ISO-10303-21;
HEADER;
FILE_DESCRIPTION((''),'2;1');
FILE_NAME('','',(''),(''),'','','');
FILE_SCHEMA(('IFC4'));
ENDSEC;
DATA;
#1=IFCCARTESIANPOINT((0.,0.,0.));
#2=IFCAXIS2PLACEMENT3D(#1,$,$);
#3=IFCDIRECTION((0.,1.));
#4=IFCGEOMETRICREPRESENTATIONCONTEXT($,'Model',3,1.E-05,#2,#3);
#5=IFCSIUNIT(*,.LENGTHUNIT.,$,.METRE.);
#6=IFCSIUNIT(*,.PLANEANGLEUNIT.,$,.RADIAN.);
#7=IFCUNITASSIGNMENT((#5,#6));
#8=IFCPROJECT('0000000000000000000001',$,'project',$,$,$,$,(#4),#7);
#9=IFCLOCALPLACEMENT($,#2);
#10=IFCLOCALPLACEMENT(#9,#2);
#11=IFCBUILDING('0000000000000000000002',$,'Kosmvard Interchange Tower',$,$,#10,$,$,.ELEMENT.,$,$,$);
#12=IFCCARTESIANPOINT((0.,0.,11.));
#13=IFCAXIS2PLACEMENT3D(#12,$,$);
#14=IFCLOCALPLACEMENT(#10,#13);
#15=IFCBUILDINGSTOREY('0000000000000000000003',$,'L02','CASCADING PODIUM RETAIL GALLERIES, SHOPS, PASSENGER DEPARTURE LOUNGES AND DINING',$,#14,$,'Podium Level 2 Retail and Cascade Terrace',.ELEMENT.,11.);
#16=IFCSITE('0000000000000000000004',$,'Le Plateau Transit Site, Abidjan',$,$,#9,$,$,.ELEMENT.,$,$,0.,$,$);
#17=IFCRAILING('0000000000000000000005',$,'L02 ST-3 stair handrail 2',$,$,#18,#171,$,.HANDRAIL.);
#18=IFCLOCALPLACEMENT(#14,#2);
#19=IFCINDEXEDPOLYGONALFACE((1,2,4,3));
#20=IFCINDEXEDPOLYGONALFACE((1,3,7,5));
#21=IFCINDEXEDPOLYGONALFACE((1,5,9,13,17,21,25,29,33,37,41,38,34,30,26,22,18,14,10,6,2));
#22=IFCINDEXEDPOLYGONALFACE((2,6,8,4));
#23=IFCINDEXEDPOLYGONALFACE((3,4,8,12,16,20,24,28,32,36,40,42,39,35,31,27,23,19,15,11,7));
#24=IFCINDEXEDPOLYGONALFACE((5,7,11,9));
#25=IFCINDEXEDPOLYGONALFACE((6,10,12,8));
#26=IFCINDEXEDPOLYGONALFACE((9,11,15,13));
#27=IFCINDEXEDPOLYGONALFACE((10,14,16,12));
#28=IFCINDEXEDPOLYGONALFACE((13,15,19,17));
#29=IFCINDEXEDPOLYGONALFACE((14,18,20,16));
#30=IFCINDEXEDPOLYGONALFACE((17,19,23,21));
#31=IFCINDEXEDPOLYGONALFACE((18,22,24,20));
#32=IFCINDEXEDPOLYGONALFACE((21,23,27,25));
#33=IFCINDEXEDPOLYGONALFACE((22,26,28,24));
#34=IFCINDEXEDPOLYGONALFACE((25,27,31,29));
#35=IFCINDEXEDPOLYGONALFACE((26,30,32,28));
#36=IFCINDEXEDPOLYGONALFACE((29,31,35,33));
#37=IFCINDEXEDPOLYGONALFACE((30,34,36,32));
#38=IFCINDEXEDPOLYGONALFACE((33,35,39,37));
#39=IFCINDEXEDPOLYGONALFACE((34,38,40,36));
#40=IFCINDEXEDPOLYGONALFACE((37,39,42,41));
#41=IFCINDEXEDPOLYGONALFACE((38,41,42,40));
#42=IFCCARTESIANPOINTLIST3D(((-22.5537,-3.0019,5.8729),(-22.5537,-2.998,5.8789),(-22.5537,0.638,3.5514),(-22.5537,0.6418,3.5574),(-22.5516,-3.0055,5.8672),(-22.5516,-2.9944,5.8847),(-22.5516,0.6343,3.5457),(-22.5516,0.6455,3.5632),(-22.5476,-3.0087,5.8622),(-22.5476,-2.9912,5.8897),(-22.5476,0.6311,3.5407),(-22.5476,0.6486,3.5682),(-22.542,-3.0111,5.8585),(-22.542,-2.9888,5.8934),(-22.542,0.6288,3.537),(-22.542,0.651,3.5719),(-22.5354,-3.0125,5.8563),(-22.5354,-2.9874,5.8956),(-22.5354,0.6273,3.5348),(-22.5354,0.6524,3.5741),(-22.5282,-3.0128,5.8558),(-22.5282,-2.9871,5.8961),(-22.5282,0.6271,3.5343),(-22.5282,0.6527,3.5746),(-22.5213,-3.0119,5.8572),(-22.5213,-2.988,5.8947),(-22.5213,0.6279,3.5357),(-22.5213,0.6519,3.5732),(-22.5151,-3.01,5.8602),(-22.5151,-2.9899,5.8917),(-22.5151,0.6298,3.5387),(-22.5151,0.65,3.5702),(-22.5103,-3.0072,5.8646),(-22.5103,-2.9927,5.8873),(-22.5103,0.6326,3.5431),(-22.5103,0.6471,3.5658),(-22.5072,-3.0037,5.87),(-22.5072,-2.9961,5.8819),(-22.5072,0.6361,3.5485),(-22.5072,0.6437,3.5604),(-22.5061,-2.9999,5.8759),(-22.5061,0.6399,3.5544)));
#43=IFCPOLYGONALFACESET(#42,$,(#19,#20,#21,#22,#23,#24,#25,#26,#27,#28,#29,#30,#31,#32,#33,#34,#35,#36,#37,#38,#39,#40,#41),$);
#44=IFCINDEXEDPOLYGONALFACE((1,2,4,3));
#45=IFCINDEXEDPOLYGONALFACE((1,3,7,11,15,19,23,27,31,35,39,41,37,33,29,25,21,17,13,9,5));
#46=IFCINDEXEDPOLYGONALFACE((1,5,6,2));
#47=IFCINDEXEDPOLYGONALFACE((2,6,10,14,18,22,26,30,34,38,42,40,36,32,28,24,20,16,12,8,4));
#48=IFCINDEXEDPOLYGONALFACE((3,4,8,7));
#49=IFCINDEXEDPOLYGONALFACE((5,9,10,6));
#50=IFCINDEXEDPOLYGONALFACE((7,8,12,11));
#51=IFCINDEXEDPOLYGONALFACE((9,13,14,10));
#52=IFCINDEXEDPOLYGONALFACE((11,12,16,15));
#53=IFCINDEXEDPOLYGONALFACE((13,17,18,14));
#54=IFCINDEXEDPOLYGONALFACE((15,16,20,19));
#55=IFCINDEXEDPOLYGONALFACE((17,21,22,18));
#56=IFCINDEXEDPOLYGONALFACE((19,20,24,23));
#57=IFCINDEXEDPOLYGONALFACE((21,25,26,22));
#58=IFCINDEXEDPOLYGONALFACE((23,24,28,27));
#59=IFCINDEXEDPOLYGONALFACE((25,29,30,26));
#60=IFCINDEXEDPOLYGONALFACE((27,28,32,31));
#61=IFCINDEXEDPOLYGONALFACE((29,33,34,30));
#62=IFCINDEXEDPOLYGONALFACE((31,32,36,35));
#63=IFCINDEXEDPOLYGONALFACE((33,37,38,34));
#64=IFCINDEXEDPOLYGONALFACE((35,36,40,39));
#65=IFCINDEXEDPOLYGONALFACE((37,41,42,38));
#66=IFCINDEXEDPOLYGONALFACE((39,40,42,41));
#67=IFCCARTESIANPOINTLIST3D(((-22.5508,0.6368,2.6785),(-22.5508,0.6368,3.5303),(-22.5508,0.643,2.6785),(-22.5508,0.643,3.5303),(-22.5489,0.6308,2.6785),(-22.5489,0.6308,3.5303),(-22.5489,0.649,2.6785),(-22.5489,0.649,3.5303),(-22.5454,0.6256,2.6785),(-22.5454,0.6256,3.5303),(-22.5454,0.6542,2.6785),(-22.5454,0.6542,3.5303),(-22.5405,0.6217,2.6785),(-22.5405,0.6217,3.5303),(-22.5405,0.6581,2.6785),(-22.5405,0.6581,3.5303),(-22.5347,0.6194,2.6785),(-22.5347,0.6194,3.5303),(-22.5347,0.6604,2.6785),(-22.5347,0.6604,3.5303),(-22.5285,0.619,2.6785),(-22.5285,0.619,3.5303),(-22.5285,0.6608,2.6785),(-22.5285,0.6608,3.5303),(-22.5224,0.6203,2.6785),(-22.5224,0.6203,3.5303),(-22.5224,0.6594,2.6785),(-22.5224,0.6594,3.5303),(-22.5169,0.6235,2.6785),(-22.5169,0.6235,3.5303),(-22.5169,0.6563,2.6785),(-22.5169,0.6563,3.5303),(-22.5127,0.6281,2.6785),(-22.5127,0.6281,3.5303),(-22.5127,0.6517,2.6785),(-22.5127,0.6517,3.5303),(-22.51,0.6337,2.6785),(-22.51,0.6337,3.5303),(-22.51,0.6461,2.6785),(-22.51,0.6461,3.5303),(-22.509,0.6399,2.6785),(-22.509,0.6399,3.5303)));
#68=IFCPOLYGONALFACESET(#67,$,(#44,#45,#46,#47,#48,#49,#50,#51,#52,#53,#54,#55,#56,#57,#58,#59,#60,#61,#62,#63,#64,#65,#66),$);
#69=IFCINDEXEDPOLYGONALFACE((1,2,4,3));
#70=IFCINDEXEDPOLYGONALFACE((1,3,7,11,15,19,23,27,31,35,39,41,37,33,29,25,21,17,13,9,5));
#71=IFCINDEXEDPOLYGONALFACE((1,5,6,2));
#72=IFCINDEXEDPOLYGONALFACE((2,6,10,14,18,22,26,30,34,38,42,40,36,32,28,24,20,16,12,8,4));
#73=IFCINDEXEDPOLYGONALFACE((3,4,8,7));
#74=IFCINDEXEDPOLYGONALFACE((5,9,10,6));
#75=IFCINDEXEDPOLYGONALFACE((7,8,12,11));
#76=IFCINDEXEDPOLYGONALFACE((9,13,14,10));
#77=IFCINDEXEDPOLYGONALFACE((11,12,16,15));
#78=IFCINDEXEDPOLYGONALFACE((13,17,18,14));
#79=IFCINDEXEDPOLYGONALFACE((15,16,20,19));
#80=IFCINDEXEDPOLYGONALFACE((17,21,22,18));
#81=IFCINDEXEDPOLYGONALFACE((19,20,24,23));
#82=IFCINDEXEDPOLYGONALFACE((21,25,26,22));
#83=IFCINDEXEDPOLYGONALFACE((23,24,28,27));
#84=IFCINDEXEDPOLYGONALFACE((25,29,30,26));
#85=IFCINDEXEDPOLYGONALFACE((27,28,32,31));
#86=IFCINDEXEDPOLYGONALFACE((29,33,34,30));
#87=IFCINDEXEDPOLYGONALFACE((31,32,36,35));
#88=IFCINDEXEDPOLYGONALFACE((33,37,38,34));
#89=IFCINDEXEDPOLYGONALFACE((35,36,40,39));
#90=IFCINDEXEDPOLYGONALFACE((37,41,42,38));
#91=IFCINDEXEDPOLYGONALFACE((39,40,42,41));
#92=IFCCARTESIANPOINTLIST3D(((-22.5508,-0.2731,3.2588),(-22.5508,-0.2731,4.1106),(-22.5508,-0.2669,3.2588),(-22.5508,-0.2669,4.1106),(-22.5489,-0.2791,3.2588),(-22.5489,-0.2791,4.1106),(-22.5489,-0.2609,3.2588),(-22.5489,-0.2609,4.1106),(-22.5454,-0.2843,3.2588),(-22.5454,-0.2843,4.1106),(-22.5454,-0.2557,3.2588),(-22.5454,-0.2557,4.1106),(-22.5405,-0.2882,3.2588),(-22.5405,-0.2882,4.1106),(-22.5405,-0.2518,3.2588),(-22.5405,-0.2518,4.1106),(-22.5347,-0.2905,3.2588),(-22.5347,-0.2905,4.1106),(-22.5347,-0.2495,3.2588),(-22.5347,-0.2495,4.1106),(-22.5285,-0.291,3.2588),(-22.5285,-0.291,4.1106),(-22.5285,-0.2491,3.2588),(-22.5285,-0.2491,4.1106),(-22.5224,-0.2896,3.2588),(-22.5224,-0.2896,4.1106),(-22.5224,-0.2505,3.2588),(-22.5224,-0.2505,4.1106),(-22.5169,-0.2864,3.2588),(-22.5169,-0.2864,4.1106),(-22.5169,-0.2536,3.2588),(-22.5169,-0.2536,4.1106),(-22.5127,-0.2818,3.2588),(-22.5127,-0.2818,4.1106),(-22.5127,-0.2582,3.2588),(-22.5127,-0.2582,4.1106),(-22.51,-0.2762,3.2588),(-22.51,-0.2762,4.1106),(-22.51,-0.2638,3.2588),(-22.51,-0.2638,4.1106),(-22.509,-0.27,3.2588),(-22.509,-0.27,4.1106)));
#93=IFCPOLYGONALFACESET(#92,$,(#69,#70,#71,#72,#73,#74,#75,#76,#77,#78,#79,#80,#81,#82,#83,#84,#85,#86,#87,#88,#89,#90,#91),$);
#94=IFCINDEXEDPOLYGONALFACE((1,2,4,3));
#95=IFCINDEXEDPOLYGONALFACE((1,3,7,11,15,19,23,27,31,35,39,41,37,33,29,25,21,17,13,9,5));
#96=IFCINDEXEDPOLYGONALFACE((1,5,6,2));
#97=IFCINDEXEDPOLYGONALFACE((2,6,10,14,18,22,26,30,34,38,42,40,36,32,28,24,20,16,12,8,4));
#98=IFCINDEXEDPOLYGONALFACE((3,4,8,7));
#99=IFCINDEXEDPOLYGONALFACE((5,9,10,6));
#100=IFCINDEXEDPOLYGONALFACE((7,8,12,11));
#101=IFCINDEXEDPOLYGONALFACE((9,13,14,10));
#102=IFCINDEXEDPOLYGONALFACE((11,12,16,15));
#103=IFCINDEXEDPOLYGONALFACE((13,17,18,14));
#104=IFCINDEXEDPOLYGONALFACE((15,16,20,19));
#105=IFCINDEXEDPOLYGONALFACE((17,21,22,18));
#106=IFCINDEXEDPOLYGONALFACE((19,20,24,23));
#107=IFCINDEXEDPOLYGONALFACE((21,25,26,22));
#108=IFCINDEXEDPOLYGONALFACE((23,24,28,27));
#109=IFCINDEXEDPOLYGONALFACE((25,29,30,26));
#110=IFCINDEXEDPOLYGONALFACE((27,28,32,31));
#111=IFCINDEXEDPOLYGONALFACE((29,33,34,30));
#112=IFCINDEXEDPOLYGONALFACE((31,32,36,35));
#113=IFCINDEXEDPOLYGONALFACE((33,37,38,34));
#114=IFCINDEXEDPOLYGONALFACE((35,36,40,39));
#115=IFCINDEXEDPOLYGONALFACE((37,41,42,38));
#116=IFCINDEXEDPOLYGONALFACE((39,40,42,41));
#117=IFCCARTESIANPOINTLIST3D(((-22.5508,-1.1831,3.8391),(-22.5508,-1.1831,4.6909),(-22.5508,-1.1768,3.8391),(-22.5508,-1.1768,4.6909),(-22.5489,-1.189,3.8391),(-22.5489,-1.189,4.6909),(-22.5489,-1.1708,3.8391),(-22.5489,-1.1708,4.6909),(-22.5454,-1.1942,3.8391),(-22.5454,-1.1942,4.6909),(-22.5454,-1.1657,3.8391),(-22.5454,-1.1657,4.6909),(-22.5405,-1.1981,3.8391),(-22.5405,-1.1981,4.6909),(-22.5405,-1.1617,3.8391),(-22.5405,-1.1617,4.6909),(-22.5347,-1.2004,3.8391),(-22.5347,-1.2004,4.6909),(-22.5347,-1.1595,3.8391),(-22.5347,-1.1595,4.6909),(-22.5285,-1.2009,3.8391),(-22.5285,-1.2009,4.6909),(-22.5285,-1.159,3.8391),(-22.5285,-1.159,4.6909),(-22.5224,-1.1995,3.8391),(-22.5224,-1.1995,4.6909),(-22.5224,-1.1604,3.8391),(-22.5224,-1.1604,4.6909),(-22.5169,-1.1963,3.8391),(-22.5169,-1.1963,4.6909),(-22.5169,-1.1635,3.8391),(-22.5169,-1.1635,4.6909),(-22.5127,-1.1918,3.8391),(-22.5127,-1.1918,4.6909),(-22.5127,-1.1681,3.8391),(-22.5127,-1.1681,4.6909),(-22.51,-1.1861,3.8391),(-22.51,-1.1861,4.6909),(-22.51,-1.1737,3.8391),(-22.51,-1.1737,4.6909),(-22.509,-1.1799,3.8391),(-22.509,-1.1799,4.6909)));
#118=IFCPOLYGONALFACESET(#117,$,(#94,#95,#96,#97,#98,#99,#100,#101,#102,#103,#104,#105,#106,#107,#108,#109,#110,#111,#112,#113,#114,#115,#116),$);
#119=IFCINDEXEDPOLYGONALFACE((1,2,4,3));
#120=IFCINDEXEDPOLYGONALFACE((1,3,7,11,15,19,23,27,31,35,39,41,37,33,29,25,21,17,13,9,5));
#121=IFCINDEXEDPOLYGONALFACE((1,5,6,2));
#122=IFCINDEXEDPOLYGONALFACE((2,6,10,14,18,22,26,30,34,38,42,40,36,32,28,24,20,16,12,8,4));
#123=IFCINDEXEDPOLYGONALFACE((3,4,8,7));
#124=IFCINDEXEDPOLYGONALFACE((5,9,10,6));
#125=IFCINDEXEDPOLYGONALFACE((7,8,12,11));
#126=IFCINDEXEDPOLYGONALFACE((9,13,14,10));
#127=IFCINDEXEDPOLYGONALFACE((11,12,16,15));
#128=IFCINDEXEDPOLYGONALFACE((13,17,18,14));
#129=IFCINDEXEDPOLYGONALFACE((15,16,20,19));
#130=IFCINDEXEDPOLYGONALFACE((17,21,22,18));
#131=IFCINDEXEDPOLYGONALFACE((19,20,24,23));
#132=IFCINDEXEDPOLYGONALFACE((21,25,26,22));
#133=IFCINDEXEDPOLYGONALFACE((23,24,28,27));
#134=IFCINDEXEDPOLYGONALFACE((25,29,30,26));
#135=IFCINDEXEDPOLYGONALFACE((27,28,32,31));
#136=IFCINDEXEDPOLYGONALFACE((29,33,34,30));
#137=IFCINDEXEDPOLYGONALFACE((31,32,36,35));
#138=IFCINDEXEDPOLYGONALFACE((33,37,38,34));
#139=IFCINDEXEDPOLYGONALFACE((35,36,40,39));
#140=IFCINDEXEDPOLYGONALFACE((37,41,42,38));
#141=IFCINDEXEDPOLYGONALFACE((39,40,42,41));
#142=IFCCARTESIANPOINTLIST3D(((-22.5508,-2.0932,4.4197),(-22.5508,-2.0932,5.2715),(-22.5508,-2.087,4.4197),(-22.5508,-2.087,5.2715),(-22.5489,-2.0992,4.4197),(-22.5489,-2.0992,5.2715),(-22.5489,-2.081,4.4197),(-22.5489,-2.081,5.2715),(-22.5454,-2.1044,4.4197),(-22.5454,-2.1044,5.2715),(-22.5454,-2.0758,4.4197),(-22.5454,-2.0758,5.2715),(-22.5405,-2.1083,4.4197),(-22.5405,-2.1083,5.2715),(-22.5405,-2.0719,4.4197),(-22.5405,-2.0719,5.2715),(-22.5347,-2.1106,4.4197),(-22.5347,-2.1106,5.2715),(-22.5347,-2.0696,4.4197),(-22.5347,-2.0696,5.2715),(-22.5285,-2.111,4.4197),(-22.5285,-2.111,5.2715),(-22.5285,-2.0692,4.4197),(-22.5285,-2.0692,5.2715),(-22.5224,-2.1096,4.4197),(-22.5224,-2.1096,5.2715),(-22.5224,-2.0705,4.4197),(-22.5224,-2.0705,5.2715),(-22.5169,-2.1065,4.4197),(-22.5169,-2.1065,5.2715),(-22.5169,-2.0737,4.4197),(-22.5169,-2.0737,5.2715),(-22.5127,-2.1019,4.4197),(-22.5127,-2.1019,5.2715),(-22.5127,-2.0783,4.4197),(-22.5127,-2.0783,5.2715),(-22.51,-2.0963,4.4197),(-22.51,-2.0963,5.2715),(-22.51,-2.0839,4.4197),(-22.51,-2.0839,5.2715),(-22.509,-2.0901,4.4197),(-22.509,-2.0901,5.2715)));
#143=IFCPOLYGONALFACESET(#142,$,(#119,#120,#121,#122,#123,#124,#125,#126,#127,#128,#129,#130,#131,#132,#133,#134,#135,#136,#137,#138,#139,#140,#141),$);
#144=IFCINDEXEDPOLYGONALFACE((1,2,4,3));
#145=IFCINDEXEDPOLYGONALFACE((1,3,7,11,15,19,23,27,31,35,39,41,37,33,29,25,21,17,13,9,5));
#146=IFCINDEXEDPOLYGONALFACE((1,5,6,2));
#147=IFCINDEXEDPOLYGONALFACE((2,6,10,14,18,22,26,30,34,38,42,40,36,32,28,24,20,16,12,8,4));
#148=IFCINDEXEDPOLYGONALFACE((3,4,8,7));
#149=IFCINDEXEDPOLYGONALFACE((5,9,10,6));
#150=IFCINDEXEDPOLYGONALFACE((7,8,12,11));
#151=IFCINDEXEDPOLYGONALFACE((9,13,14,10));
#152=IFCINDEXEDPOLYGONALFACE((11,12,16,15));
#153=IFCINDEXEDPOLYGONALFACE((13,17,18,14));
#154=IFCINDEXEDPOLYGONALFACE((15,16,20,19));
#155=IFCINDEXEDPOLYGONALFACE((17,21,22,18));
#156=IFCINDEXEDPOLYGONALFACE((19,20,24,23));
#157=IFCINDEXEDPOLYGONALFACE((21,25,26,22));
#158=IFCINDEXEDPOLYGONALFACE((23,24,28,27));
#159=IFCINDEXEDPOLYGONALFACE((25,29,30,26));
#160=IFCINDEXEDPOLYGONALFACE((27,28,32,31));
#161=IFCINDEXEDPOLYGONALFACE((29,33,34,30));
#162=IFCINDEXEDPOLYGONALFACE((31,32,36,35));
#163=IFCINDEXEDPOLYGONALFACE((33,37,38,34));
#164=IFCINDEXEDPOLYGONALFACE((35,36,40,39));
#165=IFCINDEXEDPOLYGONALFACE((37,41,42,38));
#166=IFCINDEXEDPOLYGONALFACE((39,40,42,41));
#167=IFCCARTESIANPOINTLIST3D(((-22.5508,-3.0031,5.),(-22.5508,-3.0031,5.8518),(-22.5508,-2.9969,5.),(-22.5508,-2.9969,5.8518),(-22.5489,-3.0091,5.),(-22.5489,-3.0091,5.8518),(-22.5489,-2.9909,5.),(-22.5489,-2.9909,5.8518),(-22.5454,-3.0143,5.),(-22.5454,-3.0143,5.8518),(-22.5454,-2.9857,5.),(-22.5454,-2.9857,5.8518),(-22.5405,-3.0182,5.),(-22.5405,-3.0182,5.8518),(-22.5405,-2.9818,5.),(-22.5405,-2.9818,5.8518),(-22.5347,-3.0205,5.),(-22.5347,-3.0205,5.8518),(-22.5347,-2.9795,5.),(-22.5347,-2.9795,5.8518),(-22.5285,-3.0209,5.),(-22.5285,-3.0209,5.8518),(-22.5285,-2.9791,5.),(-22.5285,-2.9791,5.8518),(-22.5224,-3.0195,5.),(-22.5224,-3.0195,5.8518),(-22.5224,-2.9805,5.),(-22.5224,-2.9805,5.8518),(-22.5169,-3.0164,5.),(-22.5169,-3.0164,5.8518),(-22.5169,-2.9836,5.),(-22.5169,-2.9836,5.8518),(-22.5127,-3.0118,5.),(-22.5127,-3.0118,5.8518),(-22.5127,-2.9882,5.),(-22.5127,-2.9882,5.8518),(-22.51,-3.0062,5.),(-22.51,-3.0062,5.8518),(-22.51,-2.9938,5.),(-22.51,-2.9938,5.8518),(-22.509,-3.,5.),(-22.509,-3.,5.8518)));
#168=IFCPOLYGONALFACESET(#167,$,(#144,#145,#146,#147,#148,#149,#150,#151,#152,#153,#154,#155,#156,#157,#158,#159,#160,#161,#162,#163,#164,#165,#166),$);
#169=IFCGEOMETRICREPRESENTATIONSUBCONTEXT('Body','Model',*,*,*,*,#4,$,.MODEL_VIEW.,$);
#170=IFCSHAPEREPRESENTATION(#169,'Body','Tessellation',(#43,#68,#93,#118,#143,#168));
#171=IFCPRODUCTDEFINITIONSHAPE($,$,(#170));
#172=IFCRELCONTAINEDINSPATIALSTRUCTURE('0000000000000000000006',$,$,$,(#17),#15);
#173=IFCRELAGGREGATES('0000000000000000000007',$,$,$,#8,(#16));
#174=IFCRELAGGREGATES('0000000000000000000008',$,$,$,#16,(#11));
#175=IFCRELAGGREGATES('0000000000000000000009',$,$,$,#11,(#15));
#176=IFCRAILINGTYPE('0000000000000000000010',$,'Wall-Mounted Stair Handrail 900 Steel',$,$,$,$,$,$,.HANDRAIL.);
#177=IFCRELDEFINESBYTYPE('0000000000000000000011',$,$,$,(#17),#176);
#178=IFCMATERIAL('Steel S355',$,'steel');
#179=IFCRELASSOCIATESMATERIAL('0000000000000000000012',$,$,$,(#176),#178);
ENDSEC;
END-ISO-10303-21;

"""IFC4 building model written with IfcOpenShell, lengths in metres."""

from ifc_helpers import new_model, si_unit, direction, frame, origin, origin_2d, place, context, subcontext, project, spatial, circle, extrude, source, transform, mapped, material, type_object, element, save


model = new_model("IFC4")

# Units and contexts
model_context = context("Model", 3, precision=1e-05, world=origin(), true_north=direction((0.0, 1.0)))
body_context = subcontext(model_context, "Body", "Model", "MODEL_VIEW")
ifc_project = project(units=[si_unit("LENGTHUNIT", "METRE"), si_unit("PLANEANGLEUNIT", "RADIAN")], contexts=[model_context])

# Site, building, storey
site_placement = place(None, origin())
site = spatial("IfcSite", under=ifc_project, at=site_placement, Name="Le Plateau Transit Site, Abidjan", CompositionType="ELEMENT", RefElevation=0.0)
building_placement = place(site_placement, origin())
building = spatial("IfcBuilding", under=site, at=building_placement, Name="Kosmvard Interchange Tower", CompositionType="ELEMENT")
storey_placement = place(building_placement, frame((0.0, 0.0, 11.0)))
storey = spatial("IfcBuildingStorey", under=building, at=storey_placement, Name="L02", Description="CASCADING PODIUM RETAIL GALLERIES, SHOPS, PASSENGER DEPARTURE LOUNGES AND DINING", LongName="Podium Level 2 Retail and Cascade Terrace", CompositionType="ELEMENT", Elevation=11.0)

# Shared definitions
ifc_material_1 = material(Name="Steel S355", Category="steel")

# Railing
railing_type_1 = type_object("IfcRailingType", Name="Wall-Mounted Stair Handrail 900 Steel", PredefinedType="HANDRAIL", material=ifc_material_1)
shared_shape_1 = source(origin(), body_context, "Body", "SweptSolid", [
    extrude(circle(Radius=0.0239, at=origin_2d()), frame((0.0, 0.0, 0.876), z_axis=(0.0, -0.843112, 0.537739), x_axis=(1.0, 0.0, 0.0)), (0.0, 0.0, 1.0), 4.3171),
    extrude(circle(Radius=0.021, at=origin_2d()), origin(), (0.0, 0.0, 1.0), 0.8518),
    extrude(circle(Radius=0.021, at=origin_2d()), frame((0.0, -0.9099, 0.5803)), (0.0, 0.0, 1.0), 0.8518),
    extrude(circle(Radius=0.021, at=origin_2d()), frame((0.0, -1.8198, 1.1606)), (0.0, 0.0, 1.0), 0.8518),
    extrude(circle(Radius=0.021, at=origin_2d()), frame((0.0, -2.73, 1.7412)), (0.0, 0.0, 1.0), 0.8518),
    extrude(circle(Radius=0.021, at=origin_2d()), frame((0.0, -3.6399, 2.3215)), (0.0, 0.0, 1.0), 0.8518),
])
railing_1_placement = place(storey_placement, frame((-22.53, 0.6399, 2.6785)))
element("IfcRailing", 1, at=railing_1_placement, inside=storey, type_object=railing_type_1, Name="L02 ST-3 stair handrail 2", PredefinedType="HANDRAIL", context=body_context, shape_type="MappedRepresentation", body=[
    mapped(shared_shape_1, transform((0.0, 0.0, 0.0), scale=1.0)),
])

save(model, "model.ifc")
